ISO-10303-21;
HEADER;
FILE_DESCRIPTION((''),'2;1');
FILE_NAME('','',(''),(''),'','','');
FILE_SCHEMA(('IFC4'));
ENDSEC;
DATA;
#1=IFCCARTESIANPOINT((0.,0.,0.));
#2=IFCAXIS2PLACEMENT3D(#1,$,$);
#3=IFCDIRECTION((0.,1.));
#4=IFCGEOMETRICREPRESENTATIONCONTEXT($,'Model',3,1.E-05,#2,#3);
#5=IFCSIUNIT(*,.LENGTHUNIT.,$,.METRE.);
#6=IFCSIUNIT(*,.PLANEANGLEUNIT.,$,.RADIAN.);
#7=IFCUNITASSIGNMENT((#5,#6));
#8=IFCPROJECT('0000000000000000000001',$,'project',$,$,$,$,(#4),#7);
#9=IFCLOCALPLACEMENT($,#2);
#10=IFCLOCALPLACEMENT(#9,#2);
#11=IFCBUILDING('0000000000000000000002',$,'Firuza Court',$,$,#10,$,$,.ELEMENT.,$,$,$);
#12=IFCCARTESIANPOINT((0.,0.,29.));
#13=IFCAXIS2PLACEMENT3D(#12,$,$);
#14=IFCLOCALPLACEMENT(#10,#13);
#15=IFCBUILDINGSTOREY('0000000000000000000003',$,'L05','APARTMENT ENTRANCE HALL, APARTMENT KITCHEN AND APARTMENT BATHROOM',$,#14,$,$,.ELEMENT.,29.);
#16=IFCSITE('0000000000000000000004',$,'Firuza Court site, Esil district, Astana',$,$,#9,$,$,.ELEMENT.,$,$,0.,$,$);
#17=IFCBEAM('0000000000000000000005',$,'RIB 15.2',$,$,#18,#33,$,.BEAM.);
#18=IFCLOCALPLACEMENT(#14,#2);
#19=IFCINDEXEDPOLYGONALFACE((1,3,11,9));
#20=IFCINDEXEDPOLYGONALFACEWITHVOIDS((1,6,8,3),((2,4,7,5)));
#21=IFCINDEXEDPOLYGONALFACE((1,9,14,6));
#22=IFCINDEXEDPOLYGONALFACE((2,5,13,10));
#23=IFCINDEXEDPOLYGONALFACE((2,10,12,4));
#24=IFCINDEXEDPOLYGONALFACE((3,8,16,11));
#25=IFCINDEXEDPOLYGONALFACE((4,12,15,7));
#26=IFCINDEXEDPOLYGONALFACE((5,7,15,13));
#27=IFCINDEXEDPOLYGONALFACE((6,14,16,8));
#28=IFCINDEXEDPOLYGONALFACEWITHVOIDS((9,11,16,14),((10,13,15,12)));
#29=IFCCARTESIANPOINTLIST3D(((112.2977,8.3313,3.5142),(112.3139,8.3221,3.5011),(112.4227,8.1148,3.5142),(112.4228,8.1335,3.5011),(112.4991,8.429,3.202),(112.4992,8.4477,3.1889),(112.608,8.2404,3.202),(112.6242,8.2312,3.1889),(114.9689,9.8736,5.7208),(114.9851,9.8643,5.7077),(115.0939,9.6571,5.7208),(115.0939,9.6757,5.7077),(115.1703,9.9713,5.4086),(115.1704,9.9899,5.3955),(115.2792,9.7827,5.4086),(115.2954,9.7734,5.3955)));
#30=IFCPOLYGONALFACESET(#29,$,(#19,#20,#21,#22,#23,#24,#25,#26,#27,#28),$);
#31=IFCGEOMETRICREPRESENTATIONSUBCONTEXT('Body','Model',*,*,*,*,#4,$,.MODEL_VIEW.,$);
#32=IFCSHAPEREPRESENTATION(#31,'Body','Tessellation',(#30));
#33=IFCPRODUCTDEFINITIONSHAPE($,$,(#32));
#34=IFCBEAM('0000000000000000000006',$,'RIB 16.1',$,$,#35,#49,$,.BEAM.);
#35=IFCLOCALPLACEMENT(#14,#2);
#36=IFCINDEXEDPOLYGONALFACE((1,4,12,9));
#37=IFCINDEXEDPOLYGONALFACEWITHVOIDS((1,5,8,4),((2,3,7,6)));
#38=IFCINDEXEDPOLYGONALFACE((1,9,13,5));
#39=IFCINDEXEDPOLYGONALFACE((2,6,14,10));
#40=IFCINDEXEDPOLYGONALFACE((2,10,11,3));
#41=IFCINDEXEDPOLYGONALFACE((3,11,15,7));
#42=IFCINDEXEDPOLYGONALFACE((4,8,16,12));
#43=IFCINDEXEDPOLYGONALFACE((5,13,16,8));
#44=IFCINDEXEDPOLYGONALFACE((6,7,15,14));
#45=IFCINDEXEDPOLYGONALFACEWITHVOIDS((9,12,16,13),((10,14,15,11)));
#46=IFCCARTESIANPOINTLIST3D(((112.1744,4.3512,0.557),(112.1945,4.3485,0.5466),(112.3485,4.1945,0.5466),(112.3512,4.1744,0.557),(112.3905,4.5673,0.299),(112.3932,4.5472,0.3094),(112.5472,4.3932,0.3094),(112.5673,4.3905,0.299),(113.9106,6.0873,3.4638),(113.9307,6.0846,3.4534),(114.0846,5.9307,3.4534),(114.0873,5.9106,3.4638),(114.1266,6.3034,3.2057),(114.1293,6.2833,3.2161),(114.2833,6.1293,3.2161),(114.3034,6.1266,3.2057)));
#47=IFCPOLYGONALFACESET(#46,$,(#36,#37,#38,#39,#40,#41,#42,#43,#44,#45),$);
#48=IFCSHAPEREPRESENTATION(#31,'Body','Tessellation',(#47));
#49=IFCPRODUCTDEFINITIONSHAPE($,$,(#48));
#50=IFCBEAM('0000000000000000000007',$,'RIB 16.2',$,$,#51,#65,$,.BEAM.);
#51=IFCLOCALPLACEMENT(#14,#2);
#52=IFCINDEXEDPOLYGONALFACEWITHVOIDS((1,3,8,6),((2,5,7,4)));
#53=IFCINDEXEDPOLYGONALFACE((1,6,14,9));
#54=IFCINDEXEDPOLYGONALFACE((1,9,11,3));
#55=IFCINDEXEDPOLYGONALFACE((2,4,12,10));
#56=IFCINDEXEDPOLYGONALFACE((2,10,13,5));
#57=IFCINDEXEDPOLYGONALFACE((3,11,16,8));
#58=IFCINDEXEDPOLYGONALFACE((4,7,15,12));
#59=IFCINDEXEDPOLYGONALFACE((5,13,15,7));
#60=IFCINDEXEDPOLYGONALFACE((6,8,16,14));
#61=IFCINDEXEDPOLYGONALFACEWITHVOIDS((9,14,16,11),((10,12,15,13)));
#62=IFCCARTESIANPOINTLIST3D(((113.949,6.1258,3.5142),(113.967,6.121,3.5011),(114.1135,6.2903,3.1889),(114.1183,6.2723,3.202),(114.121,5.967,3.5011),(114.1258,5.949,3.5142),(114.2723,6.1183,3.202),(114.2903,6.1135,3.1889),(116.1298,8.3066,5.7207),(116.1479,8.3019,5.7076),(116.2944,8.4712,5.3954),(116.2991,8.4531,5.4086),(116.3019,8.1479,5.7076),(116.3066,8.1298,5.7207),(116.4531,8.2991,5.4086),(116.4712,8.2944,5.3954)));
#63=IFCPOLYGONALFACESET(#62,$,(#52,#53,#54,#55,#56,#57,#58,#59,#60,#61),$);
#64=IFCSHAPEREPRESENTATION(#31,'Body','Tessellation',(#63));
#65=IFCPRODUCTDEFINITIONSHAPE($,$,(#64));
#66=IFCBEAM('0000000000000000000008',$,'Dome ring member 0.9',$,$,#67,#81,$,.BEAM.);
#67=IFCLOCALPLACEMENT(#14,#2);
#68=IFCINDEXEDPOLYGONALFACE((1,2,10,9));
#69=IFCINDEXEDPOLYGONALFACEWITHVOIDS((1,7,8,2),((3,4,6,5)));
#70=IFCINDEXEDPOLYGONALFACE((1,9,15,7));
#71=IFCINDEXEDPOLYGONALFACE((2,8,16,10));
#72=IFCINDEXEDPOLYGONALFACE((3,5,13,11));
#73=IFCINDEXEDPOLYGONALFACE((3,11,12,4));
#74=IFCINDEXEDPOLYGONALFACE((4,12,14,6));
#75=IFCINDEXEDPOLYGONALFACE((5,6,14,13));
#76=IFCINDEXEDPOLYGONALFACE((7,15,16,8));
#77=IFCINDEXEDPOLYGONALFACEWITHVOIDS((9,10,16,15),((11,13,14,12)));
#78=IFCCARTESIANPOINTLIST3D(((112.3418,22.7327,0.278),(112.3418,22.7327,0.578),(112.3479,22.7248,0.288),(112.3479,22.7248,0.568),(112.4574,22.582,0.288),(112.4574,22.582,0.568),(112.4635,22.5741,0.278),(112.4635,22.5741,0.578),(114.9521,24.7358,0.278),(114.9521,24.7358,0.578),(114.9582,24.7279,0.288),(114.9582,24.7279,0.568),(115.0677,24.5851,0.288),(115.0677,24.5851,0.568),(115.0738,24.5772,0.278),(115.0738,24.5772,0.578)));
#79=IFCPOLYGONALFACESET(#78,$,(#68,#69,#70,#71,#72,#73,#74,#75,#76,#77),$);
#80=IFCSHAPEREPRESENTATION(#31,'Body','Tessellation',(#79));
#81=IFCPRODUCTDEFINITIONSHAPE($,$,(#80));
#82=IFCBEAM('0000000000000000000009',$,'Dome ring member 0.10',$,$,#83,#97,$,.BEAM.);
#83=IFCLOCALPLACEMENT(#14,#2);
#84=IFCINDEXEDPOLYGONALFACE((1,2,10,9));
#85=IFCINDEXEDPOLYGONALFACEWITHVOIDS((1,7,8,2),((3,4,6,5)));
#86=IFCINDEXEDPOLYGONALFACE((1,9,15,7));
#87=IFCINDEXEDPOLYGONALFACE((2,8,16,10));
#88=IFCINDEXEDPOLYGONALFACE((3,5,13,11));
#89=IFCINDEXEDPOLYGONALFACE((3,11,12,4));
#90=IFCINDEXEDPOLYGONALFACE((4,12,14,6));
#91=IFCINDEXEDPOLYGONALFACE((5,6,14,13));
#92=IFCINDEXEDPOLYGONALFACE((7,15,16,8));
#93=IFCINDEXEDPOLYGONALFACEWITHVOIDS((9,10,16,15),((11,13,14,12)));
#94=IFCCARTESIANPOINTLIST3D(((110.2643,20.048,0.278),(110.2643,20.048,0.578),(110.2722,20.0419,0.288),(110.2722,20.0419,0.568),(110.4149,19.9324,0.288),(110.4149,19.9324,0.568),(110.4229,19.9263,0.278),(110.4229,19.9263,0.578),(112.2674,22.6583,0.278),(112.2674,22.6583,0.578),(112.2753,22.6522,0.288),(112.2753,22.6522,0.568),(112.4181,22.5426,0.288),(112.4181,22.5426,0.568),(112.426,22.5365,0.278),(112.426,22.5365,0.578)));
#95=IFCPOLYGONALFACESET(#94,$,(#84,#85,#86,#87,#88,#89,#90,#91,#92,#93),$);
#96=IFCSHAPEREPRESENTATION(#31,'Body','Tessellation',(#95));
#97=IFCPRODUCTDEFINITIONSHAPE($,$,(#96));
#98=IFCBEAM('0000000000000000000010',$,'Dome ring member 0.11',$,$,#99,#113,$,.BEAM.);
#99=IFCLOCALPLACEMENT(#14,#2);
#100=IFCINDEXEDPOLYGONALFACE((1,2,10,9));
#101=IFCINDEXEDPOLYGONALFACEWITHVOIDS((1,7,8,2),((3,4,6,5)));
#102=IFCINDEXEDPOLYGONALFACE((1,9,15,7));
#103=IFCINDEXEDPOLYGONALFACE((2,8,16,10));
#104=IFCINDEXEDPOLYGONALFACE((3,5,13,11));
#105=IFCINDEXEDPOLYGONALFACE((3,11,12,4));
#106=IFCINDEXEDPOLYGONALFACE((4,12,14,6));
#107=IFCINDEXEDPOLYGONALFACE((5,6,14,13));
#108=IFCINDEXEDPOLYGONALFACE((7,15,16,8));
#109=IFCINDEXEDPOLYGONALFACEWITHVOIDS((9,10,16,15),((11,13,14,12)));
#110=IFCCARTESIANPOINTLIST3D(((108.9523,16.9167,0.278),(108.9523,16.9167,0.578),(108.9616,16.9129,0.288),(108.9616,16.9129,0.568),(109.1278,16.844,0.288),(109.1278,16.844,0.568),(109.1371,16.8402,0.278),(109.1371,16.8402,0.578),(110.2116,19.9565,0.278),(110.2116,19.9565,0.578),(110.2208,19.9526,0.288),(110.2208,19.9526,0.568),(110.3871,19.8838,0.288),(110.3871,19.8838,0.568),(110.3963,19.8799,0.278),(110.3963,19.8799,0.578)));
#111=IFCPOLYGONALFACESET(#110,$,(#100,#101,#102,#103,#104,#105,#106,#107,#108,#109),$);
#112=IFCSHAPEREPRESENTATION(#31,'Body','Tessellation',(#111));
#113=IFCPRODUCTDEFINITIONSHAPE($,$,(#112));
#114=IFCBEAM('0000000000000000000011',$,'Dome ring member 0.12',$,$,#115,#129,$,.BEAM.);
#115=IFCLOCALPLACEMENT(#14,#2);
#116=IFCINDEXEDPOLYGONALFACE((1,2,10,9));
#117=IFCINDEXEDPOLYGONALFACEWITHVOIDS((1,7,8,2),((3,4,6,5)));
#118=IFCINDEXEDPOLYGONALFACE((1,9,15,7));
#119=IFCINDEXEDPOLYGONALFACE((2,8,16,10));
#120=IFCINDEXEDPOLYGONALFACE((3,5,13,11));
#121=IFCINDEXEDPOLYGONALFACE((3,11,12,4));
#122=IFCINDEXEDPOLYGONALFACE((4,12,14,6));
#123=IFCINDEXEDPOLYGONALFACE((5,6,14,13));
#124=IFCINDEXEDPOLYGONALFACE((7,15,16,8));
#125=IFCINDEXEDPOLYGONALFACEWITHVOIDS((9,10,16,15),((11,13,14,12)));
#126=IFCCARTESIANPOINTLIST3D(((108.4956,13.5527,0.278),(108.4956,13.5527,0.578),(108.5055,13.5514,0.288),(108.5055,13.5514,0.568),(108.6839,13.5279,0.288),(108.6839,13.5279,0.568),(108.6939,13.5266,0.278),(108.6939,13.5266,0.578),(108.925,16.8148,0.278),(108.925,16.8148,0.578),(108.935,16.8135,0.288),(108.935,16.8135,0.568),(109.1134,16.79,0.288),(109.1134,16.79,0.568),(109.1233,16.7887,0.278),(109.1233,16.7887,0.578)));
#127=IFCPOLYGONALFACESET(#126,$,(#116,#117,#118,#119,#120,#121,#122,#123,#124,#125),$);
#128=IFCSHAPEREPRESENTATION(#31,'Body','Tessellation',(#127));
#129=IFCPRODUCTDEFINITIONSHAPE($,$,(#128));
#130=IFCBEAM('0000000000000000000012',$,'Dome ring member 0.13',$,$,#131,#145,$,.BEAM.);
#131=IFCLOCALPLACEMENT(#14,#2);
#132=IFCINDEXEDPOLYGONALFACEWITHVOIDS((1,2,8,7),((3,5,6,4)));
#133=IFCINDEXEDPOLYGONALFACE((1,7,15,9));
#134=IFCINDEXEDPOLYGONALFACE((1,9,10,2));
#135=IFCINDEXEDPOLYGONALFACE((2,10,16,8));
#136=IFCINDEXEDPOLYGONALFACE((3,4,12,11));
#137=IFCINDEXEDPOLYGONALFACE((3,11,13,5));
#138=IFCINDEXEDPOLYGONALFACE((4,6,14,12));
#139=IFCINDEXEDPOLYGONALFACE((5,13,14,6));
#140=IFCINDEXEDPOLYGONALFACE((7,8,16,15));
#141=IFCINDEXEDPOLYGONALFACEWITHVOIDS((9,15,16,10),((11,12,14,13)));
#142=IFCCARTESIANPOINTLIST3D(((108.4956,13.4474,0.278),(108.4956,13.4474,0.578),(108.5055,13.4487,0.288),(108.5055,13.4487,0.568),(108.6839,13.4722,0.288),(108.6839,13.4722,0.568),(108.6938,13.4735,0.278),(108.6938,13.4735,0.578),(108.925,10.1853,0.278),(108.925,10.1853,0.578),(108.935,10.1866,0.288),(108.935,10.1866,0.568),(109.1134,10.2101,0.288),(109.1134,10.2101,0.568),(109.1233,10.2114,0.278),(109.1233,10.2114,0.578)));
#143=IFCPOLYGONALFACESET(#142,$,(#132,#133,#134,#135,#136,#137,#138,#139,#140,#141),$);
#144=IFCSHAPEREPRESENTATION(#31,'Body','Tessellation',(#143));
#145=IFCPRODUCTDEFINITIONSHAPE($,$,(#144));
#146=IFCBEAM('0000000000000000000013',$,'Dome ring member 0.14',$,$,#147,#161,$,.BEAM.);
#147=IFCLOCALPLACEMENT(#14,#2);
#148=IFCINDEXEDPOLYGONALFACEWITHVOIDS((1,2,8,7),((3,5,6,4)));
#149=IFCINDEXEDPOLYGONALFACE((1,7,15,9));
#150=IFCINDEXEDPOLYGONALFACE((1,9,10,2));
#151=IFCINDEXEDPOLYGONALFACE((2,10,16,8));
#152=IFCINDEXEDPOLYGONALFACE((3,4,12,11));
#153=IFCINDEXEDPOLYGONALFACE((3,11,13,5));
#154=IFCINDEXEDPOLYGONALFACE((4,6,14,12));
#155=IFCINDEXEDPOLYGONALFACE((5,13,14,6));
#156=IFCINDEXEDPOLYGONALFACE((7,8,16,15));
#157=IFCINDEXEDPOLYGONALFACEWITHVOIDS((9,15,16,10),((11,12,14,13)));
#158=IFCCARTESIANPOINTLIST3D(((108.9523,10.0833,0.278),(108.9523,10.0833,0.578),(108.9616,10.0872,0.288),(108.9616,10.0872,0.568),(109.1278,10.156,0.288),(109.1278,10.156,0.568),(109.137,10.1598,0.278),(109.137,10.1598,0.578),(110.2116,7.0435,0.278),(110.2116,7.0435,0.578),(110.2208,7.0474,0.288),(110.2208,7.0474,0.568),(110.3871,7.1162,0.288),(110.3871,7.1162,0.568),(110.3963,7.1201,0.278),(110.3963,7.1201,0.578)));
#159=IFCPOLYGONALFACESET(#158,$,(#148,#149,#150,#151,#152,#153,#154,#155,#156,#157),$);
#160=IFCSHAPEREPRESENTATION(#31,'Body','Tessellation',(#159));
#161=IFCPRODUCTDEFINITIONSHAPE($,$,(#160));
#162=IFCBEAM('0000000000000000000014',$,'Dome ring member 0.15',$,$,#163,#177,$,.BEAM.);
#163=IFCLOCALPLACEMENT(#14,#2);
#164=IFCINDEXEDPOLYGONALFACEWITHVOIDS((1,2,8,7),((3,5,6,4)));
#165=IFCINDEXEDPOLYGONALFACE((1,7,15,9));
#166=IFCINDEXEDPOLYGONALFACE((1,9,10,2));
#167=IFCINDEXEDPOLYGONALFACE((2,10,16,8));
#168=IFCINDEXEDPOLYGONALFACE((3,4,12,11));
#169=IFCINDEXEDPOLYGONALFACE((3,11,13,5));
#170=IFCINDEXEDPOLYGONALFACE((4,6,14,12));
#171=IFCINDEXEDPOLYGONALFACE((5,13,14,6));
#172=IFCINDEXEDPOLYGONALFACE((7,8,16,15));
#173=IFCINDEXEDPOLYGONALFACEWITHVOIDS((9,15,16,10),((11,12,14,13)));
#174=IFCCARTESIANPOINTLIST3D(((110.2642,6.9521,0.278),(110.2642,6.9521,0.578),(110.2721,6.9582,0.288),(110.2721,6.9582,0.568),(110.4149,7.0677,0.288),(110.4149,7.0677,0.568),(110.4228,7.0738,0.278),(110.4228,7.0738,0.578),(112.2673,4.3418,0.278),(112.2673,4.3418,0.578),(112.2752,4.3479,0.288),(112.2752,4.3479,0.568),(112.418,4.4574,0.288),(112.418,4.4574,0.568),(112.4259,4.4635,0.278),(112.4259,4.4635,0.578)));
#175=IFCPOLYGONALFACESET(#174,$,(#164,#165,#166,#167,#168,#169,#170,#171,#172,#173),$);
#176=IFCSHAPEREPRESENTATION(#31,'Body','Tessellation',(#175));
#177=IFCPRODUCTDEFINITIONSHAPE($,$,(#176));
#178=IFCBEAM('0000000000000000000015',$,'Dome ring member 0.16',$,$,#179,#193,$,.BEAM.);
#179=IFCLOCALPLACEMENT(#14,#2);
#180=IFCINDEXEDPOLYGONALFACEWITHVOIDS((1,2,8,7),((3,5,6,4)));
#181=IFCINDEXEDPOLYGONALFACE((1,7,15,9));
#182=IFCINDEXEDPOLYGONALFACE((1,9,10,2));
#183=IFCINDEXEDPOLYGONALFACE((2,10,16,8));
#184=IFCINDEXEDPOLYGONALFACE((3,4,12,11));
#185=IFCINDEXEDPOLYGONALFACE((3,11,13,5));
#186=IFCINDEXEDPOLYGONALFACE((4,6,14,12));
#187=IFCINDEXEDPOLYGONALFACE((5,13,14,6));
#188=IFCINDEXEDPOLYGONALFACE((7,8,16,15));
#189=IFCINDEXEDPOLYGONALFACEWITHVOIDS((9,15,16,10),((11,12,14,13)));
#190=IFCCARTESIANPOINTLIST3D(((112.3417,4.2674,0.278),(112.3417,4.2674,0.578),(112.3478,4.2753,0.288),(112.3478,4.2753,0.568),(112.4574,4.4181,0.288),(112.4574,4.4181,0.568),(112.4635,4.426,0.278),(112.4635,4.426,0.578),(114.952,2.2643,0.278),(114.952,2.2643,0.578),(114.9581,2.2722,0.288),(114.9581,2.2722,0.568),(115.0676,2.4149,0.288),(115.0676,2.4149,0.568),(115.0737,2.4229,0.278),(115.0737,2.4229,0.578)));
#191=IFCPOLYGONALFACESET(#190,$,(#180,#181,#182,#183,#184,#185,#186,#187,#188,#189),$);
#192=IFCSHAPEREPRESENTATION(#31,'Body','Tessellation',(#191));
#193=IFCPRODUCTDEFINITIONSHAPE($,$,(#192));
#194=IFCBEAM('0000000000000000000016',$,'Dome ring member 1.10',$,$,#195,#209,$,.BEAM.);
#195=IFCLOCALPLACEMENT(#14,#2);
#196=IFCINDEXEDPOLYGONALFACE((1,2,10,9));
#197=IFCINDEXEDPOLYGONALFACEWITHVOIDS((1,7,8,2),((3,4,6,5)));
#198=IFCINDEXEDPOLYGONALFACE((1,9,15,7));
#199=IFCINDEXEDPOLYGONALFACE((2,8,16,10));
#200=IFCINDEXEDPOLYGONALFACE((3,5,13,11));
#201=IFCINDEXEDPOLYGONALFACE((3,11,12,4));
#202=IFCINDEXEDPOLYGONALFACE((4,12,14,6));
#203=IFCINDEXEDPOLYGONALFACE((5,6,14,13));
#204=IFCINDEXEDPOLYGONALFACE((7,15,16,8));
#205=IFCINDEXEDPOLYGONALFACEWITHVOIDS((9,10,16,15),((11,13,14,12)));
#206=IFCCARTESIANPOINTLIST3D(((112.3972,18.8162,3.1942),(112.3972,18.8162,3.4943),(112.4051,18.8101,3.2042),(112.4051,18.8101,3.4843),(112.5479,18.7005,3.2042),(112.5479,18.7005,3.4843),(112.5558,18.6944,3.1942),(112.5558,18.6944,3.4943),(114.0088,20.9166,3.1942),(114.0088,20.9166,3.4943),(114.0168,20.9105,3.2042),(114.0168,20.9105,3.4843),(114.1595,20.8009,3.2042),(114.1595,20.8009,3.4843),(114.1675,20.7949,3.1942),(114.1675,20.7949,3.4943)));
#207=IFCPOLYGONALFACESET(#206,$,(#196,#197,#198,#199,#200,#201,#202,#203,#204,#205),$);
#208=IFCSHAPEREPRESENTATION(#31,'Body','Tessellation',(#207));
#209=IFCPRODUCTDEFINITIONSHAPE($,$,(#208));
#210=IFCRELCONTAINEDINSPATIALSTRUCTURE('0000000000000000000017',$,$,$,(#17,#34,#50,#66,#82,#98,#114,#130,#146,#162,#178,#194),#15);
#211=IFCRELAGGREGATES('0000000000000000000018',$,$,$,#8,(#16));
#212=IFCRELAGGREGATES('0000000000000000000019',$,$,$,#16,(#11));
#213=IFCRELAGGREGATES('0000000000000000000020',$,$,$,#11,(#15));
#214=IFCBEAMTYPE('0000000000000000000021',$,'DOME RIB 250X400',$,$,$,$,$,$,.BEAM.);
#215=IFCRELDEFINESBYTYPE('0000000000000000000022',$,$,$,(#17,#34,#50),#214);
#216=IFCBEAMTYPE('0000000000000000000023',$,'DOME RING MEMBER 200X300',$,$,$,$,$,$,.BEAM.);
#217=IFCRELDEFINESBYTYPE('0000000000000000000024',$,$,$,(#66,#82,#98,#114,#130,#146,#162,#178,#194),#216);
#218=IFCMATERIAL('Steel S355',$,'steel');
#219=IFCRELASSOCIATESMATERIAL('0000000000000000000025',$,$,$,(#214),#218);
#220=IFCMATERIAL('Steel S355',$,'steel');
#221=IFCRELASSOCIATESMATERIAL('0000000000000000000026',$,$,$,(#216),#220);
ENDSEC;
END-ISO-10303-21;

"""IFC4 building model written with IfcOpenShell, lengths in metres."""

from ifc_helpers import new_model, si_unit, direction, frame, origin, origin_2d, place, context, subcontext, project, spatial, hollow_rectangle, extrude, material, material_profile, profile_set, type_object, element, save


model = new_model("IFC4")

# Units and contexts
model_context = context("Model", 3, precision=1e-05, world=origin(), true_north=direction((0.0, 1.0)))
body_context = subcontext(model_context, "Body", "Model", "MODEL_VIEW")
ifc_project = project(units=[si_unit("LENGTHUNIT", "METRE"), si_unit("PLANEANGLEUNIT", "RADIAN")], contexts=[model_context])

# Site, building, storey
site_placement = place(None, origin())
site = spatial("IfcSite", under=ifc_project, at=site_placement, Name="Firuza Court site, Esil district, Astana", CompositionType="ELEMENT", RefElevation=0.0)
building_placement = place(site_placement, origin())
building = spatial("IfcBuilding", under=site, at=building_placement, Name="Firuza Court", CompositionType="ELEMENT")
storey_placement = place(building_placement, frame((0.0, 0.0, 29.0)))
storey = spatial("IfcBuildingStorey", under=building, at=storey_placement, Name="L05", Description="APARTMENT ENTRANCE HALL, APARTMENT KITCHEN AND APARTMENT BATHROOM", CompositionType="ELEMENT", Elevation=29.0)

# Beams
ifc_material_1 = material(Name="Steel S355", Category="steel")
ifc_material_profile_1 = material_profile(ifc_material_1, hollow_rectangle(XDim=0.25, YDim=0.3999, WallThickness=0.0161, at=origin_2d()), Name="RHS 400X250X16")
ifc_profile_set_1 = profile_set([ifc_material_profile_1], Name="Steel S355")
beam_type_1 = type_object("IfcBeamType", Name="DOME RIB 250X400", PredefinedType="BEAM", material=ifc_profile_set_1)
beam_1_placement = place(storey_placement, frame((112.4609, 8.2812, 3.3516), z_axis=(0.70434, 0.406665, 0.581832), x_axis=(-0.500013, 0.866018, 0.0)))
element("IfcBeam", 1, at=beam_1_placement, inside=storey, type_object=beam_type_1, Name="RIB 15.2", PredefinedType="BEAM", context=body_context, shape_type="SweptSolid", body=[
    extrude(hollow_rectangle(XDim=0.25, YDim=0.3999, WallThickness=0.0161, at=origin_2d()), origin(), (0.0, 0.0, 1.0), 3.7925),
])
beam_2_placement = place(storey_placement, frame((112.3708, 4.3708, 0.428), z_axis=(0.456278, 0.456278, 0.76395), x_axis=(-0.707107, 0.707107, 0.0)))
element("IfcBeam", 2, at=beam_2_placement, inside=storey, type_object=beam_type_1, Name="RIB 16.1", PredefinedType="BEAM", context=body_context, shape_type="SweptSolid", body=[
    extrude(hollow_rectangle(XDim=0.25, YDim=0.3999, WallThickness=0.0161, at=origin_2d()), origin(), (0.0, 0.0, 1.0), 3.8049),
])
beam_3_placement = place(storey_placement, frame((114.1196, 6.1196, 3.3516), z_axis=(0.575088, 0.575088, 0.581848), x_axis=(-0.707107, 0.707107, 0.0)))
element("IfcBeam", 3, at=beam_3_placement, inside=storey, type_object=beam_type_1, Name="RIB 16.2", PredefinedType="BEAM", context=body_context, shape_type="SweptSolid", body=[
    extrude(hollow_rectangle(XDim=0.25, YDim=0.3999, WallThickness=0.0161, at=origin_2d()), origin(), (0.0, 0.0, 1.0), 3.7922),
])
ifc_material_2 = material(Name="Steel S355", Category="steel")
ifc_material_profile_2 = material_profile(ifc_material_2, hollow_rectangle(XDim=0.2, YDim=0.3, WallThickness=0.01, at=origin_2d()), Name="RHS 300X200X10")
ifc_profile_set_2 = profile_set([ifc_material_profile_2], Name="Steel S355")
beam_type_2 = type_object("IfcBeamType", Name="DOME RING MEMBER 200X300", PredefinedType="BEAM", material=ifc_profile_set_2)
for number, where, z_axis, x_axis, name in (
    (4, (115.0129, 24.6565, 0.428), (-0.793327, -0.608796, 0.0), (0.608796, -0.793327, 0.0), "Dome ring member 0.9"),
    (5, (112.3467, 22.5974, 0.428), (-0.608796, -0.793327, 0.0), (0.793327, -0.608796, 0.0), "Dome ring member 0.10"),
    (6, (110.304, 19.9182, 0.428), (-0.382723, -0.923863, 0.0), (0.923863, -0.382723, 0.0), "Dome ring member 0.11"),
    (7, (109.0242, 16.8018, 0.428), (-0.130516, -0.991446, 0.0), (0.991446, -0.130516, 0.0), "Dome ring member 0.12"),
    (8, (108.5947, 13.4604, 0.428), (0.130516, -0.991446, 0.0), (0.991446, 0.130516, 0.0), "Dome ring member 0.13"),
    (9, (109.0447, 10.1216, 0.428), (0.382723, -0.923863, 0.0), (0.923863, 0.382723, 0.0), "Dome ring member 0.14"),
    (10, (110.3435, 7.0129, 0.428), (0.608796, -0.793327, 0.0), (0.793327, 0.608796, 0.0), "Dome ring member 0.15"),
    (11, (112.4026, 4.3467, 0.428), (0.793327, -0.608796, 0.0), (0.608796, 0.793327, 0.0), "Dome ring member 0.16"),
):
    element("IfcBeam", number, at=place(storey_placement, frame(where, z_axis=z_axis, x_axis=x_axis)), inside=storey, type_object=beam_type_2, Name=name, PredefinedType="BEAM", context=body_context, shape_type="SweptSolid", body=[
        extrude(hollow_rectangle(XDim=0.2, YDim=0.3, WallThickness=0.01, at=origin_2d()), origin(), (0.0, 0.0, 1.0), 3.2903),
    ])
for number, where, z_axis, x_axis, name in (
    (12, (114.0881, 20.8557, 3.3442), (-0.608743, -0.793367, 0.0), (0.793367, -0.608743, 0.0), "Dome ring member 1.10"),
):
    element("IfcBeam", number, at=place(storey_placement, frame(where, z_axis=z_axis, x_axis=x_axis)), inside=storey, type_object=beam_type_2, Name=name, PredefinedType="BEAM", context=body_context, shape_type="SweptSolid", body=[
        extrude(hollow_rectangle(XDim=0.2, YDim=0.3, WallThickness=0.01, at=origin_2d()), origin(), (0.0, 0.0, 1.0), 2.6475),
    ])

save(model, "model.ifc")
